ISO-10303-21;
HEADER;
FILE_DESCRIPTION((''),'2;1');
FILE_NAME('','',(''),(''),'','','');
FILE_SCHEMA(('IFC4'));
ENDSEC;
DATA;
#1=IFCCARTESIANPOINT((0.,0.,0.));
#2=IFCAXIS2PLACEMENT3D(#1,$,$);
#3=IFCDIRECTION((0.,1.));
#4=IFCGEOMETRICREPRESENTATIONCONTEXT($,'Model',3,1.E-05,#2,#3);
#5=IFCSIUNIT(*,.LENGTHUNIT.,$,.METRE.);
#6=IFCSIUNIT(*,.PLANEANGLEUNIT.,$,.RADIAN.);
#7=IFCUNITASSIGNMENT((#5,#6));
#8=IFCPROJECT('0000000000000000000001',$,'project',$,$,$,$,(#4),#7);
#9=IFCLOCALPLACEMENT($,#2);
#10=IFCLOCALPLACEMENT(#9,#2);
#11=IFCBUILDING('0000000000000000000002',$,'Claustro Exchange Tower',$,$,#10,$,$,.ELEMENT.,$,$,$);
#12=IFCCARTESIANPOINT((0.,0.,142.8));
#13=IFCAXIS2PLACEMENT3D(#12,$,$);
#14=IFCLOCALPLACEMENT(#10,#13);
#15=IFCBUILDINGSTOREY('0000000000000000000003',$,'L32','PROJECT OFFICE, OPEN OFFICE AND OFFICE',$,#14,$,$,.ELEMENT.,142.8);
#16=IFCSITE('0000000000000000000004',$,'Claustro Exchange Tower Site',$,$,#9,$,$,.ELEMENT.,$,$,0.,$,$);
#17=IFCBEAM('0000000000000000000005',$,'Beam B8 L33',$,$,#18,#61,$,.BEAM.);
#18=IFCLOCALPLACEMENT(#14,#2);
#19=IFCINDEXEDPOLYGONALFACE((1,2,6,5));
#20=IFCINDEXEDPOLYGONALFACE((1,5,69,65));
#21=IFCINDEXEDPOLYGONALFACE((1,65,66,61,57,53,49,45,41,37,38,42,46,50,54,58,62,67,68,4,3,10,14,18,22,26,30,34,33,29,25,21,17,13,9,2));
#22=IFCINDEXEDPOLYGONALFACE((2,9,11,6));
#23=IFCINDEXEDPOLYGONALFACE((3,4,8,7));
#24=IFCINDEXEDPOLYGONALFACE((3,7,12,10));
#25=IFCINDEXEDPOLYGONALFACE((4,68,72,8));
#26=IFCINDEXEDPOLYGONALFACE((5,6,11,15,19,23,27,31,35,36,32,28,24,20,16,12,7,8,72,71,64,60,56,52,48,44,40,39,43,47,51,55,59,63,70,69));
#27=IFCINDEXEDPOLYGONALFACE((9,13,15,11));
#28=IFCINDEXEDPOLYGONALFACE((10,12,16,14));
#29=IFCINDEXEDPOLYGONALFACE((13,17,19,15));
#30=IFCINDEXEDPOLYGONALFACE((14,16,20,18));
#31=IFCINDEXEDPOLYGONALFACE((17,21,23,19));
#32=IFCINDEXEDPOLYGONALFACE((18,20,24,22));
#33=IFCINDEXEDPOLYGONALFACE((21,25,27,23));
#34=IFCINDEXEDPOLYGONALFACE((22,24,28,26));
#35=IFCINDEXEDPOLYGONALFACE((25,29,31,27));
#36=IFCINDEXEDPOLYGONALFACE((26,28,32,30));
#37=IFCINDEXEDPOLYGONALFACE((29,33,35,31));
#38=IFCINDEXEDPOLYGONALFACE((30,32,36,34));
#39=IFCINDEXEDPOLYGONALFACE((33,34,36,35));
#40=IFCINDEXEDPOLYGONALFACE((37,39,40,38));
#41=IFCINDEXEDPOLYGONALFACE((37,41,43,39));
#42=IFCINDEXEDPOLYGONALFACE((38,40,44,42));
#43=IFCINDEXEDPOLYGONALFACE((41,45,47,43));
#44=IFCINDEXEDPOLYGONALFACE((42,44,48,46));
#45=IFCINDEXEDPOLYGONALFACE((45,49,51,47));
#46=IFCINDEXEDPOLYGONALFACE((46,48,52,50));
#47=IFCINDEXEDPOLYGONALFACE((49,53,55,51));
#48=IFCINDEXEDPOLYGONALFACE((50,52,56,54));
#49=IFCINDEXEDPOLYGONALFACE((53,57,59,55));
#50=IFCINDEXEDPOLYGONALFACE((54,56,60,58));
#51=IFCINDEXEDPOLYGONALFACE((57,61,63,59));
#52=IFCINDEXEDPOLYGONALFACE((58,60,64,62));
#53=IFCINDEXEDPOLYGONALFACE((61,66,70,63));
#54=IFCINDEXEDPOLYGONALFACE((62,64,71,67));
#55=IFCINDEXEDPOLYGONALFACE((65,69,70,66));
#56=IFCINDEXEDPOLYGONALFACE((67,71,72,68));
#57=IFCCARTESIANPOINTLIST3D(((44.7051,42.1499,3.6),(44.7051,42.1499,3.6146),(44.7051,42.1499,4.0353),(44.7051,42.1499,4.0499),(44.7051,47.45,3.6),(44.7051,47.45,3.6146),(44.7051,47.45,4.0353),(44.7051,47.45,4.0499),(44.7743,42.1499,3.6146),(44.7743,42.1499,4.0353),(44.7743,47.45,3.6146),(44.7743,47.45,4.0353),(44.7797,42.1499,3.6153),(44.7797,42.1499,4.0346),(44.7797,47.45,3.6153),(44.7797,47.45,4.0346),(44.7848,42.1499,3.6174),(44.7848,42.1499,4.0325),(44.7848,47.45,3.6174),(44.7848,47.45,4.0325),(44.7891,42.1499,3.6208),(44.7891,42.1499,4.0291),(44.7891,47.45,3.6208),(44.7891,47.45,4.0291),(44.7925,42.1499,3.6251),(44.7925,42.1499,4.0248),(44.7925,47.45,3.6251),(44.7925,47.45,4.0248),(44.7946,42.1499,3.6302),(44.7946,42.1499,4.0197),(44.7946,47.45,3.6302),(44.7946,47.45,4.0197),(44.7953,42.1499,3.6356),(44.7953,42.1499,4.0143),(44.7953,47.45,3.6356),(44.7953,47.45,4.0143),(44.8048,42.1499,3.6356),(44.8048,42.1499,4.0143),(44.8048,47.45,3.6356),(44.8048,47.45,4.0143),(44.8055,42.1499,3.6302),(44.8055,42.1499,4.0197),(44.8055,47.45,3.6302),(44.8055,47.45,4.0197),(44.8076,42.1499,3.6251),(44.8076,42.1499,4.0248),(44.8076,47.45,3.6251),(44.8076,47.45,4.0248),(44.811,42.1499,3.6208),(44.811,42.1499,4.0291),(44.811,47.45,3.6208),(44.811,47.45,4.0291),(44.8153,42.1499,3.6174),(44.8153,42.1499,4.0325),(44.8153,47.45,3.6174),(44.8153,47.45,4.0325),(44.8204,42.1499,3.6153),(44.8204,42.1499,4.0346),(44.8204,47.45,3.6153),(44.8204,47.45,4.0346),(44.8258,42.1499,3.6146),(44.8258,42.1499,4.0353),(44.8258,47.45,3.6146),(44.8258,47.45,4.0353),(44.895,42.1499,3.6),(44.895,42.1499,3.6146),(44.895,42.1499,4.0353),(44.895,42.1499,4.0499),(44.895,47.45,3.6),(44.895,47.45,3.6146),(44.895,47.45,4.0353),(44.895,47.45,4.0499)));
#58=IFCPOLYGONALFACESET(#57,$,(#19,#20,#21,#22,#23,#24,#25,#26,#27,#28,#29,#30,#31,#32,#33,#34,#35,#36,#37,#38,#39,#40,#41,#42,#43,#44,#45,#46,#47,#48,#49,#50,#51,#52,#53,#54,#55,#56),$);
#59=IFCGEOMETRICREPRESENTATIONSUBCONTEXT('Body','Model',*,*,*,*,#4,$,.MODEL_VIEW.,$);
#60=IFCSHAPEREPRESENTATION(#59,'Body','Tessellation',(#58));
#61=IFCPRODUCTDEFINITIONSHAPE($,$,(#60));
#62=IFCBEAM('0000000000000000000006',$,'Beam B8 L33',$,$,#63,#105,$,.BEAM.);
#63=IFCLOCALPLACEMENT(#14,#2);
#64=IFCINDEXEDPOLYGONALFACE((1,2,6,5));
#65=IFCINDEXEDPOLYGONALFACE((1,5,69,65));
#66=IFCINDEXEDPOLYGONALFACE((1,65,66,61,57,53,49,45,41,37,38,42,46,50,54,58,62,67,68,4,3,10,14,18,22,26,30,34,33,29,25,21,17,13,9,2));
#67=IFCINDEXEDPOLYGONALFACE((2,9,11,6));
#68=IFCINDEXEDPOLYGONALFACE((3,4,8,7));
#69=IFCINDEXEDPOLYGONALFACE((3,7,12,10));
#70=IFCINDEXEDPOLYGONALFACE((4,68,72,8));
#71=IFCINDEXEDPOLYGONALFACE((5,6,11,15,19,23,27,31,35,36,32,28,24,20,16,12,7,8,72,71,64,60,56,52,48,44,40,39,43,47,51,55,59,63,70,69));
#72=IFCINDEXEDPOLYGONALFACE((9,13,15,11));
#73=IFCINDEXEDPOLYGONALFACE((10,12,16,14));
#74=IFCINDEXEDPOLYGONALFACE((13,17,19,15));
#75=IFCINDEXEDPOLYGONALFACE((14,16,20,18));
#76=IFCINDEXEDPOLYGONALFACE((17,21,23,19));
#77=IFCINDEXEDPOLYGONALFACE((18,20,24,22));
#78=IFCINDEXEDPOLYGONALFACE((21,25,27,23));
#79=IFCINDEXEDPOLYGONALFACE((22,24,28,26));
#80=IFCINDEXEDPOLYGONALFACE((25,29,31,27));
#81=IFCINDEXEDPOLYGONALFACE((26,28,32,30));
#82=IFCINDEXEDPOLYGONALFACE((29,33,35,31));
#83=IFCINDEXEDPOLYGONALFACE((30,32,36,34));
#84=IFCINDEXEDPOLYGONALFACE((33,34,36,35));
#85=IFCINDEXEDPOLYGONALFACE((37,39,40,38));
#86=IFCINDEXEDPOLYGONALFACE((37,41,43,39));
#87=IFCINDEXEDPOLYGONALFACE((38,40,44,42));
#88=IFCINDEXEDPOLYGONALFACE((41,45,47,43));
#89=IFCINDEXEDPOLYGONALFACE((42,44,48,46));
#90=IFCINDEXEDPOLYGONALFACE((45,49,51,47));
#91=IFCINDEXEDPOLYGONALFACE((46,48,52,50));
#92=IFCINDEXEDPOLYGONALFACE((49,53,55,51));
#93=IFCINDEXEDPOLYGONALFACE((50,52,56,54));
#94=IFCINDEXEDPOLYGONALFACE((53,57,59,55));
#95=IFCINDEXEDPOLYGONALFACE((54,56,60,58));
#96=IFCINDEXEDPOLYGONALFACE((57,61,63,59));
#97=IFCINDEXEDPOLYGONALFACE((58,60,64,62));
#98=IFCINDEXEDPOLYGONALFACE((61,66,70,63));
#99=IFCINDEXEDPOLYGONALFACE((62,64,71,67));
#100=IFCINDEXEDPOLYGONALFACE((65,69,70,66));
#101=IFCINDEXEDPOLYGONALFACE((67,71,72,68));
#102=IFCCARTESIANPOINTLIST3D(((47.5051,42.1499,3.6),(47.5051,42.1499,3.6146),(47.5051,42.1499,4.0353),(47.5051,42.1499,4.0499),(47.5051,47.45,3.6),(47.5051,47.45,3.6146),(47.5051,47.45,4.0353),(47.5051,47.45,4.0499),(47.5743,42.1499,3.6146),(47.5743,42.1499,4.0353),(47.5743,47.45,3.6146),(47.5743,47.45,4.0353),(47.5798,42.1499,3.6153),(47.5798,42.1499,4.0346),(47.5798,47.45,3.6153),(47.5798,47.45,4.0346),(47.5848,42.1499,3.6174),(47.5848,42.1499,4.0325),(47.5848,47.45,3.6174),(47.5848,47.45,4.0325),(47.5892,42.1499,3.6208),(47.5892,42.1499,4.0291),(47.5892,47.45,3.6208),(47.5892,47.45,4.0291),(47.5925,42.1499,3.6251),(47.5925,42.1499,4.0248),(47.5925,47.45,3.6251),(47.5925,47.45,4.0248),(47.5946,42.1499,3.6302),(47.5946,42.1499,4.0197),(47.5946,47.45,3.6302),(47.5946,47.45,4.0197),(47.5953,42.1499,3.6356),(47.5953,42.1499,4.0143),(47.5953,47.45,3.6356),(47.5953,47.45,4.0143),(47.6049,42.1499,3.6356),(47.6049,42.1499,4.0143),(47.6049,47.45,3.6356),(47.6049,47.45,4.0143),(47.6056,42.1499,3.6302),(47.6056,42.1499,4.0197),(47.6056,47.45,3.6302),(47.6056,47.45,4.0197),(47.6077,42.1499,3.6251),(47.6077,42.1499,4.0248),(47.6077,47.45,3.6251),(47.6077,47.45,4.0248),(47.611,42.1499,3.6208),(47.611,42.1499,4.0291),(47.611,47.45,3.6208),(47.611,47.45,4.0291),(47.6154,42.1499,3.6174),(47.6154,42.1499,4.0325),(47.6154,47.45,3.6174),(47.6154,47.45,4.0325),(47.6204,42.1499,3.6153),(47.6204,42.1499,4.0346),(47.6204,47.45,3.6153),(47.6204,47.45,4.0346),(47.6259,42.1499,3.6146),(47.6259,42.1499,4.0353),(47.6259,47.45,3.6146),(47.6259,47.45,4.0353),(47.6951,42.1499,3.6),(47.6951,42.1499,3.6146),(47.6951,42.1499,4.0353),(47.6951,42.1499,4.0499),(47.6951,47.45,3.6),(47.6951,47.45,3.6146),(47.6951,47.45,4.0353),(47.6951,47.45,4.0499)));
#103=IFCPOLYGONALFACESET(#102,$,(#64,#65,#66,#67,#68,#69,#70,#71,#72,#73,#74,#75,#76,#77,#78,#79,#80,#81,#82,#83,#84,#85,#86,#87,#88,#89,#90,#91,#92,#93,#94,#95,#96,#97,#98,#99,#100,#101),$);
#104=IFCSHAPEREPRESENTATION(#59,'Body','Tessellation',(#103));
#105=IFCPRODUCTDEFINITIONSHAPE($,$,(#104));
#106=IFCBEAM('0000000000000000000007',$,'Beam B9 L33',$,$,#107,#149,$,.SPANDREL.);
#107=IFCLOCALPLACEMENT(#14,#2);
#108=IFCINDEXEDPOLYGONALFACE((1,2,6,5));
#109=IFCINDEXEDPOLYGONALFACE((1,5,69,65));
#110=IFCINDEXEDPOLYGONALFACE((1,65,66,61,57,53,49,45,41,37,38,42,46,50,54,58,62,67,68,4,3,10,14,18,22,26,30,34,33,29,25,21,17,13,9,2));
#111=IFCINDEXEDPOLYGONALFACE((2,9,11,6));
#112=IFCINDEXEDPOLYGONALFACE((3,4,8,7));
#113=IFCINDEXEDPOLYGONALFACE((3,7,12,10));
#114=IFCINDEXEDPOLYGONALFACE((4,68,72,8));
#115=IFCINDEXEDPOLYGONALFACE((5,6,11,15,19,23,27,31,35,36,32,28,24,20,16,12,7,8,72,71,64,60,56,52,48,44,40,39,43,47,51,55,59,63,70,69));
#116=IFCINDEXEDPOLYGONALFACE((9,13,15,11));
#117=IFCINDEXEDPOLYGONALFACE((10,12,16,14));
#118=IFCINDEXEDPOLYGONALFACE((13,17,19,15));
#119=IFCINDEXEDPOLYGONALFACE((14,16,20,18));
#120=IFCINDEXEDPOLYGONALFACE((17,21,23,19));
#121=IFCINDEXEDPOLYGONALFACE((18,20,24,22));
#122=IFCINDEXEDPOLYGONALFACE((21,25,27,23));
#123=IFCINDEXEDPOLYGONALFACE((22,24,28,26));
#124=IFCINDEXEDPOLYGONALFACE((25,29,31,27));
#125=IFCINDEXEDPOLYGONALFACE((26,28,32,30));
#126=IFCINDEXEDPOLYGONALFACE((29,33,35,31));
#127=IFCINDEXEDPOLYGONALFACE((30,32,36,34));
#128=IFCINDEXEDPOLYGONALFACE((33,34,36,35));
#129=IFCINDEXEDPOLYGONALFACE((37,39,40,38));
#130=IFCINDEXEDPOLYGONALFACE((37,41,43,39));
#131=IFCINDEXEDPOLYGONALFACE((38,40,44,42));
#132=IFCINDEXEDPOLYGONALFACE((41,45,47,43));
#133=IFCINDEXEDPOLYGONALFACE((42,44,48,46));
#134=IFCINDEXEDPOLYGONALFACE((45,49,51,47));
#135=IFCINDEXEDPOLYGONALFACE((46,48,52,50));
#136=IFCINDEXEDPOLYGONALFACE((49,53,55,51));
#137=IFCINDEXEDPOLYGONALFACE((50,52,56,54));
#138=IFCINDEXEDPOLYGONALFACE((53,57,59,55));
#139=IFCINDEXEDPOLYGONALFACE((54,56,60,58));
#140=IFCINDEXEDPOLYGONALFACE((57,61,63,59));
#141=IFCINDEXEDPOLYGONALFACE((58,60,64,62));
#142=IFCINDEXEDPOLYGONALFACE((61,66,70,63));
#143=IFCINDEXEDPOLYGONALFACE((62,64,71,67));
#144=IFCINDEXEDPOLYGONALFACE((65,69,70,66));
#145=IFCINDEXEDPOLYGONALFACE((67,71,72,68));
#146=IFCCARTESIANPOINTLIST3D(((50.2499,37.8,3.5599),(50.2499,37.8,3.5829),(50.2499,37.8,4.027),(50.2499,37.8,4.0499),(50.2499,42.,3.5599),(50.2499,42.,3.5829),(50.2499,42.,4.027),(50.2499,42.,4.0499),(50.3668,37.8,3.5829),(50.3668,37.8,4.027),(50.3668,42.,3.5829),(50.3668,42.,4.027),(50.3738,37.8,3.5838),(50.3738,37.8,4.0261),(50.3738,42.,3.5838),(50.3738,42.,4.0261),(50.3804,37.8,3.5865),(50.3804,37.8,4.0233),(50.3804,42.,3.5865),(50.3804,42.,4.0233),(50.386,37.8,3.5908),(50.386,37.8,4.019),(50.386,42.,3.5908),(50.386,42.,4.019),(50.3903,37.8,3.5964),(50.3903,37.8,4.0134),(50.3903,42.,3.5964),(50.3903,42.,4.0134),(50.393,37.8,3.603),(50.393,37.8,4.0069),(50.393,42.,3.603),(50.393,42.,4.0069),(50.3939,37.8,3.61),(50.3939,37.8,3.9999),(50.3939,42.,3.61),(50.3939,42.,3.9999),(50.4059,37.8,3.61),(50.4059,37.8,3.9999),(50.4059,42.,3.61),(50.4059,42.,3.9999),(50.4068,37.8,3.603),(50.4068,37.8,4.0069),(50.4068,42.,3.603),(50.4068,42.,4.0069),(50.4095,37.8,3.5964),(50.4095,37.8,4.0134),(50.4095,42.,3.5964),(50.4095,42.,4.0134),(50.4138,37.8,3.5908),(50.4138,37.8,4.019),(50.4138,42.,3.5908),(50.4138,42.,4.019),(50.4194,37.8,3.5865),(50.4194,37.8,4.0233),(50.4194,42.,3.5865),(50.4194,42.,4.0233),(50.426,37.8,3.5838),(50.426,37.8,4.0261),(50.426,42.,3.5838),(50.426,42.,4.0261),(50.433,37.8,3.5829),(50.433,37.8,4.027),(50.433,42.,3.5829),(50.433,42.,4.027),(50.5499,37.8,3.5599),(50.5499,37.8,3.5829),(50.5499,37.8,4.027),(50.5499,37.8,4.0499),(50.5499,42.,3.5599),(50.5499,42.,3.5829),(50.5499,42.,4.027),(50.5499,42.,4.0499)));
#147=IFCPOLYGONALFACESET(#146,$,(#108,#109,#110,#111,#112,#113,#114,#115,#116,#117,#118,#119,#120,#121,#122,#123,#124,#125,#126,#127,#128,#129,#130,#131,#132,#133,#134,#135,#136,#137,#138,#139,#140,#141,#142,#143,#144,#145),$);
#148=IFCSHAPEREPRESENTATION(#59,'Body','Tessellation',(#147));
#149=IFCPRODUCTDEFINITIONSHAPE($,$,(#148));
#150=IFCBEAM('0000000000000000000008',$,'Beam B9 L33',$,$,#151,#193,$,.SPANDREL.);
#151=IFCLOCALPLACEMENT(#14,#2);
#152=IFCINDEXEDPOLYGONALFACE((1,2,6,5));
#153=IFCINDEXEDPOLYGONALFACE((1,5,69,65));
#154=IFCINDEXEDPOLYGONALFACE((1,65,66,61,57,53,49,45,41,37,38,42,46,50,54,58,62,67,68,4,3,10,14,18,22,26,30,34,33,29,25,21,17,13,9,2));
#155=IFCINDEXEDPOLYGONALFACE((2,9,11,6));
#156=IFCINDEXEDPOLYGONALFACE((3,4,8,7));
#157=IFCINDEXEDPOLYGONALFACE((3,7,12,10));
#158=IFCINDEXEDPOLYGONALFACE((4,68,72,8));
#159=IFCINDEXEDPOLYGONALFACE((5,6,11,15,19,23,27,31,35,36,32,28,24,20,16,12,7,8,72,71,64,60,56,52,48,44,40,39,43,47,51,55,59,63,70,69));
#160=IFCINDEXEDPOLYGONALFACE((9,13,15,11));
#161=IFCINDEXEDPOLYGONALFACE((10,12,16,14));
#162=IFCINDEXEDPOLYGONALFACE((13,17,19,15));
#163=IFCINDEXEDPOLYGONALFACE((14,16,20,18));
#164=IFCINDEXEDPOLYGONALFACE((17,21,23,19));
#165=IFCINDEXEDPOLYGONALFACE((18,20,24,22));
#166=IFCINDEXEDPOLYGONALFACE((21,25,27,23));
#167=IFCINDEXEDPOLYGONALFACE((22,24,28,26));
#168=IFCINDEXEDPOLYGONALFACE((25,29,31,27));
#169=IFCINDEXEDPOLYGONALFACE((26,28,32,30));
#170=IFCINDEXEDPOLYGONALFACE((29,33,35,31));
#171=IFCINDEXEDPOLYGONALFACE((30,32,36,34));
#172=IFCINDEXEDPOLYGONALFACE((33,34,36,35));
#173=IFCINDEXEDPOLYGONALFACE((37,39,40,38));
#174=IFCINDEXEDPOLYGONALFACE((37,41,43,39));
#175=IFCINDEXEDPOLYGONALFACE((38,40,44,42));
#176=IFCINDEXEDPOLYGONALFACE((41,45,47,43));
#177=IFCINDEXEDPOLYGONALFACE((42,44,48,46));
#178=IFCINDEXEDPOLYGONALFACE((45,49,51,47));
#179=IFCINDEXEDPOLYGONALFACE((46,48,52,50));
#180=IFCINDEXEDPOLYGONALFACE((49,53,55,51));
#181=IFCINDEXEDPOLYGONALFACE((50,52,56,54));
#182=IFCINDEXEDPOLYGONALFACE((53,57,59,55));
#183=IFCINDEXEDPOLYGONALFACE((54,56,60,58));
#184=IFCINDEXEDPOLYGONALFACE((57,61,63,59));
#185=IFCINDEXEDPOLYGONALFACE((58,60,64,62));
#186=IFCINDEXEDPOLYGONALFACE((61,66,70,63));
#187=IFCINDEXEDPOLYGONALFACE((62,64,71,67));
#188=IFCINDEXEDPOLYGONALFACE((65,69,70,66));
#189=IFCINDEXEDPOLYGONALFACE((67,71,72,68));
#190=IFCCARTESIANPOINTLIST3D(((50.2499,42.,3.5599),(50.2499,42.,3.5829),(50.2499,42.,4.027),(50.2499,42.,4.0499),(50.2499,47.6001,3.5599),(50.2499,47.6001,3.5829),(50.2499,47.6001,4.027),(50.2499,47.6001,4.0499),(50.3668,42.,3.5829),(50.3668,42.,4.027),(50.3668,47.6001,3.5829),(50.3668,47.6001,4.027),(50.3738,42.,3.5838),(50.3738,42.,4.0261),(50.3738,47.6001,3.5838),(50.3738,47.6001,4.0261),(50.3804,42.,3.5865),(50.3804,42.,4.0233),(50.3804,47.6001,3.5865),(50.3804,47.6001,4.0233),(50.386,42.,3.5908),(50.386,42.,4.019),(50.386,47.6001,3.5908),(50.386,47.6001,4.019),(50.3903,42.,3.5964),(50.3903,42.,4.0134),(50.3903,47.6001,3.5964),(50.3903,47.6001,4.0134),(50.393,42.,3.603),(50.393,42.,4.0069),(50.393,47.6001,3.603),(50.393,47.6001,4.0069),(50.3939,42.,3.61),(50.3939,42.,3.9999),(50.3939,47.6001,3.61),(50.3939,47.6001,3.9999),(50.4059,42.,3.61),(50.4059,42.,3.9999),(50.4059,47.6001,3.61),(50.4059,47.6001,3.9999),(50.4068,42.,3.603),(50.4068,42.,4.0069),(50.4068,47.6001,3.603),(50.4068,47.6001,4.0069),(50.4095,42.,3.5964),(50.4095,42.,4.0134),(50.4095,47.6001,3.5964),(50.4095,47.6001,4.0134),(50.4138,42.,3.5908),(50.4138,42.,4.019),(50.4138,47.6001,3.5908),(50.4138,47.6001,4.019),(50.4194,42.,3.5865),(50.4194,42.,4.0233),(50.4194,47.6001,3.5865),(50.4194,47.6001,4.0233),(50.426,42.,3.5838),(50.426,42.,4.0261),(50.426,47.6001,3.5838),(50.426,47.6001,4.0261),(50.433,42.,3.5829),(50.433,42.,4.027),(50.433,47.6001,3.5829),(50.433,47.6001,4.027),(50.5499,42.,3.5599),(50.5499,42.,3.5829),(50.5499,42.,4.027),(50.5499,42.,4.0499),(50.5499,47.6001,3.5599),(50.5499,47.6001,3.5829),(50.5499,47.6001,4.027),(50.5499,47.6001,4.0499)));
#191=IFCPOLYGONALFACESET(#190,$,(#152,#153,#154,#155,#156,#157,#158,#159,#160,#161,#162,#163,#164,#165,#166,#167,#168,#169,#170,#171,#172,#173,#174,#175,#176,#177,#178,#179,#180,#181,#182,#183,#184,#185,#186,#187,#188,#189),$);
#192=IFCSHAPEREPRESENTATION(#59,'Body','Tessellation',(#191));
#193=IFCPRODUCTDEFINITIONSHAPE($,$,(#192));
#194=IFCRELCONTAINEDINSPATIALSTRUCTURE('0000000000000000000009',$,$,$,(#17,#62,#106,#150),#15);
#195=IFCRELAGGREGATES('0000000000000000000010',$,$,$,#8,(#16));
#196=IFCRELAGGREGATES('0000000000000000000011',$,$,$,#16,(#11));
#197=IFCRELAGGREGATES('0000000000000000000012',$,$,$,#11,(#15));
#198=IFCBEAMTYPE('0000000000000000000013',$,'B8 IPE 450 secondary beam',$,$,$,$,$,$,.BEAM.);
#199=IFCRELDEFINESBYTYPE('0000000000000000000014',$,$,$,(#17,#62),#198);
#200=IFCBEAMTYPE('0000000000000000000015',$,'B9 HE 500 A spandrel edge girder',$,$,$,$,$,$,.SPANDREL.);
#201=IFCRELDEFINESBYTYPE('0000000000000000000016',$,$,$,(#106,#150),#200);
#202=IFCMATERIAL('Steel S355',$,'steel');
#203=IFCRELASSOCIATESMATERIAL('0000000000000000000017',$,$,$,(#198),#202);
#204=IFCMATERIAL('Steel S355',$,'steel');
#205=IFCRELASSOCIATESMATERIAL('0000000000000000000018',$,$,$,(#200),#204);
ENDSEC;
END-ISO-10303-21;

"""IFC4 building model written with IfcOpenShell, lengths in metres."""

from ifc_helpers import new_model, si_unit, direction, frame, origin, origin_2d, place, context, subcontext, project, spatial, i_section, extrude, material, material_profile, profile_set, type_object, element, save


model = new_model("IFC4")

# Units and contexts
model_context = context("Model", 3, precision=1e-05, world=origin(), true_north=direction((0.0, 1.0)))
body_context = subcontext(model_context, "Body", "Model", "MODEL_VIEW")
ifc_project = project(units=[si_unit("LENGTHUNIT", "METRE"), si_unit("PLANEANGLEUNIT", "RADIAN")], contexts=[model_context])

# Site, building, storey
site_placement = place(None, origin())
site = spatial("IfcSite", under=ifc_project, at=site_placement, Name="Claustro Exchange Tower Site", CompositionType="ELEMENT", RefElevation=0.0)
building_placement = place(site_placement, origin())
building = spatial("IfcBuilding", under=site, at=building_placement, Name="Claustro Exchange Tower", CompositionType="ELEMENT")
storey_placement = place(building_placement, frame((0.0, 0.0, 142.8)))
storey = spatial("IfcBuildingStorey", under=building, at=storey_placement, Name="L32", Description="PROJECT OFFICE, OPEN OFFICE AND OFFICE", CompositionType="ELEMENT", Elevation=142.8)

# Beams
ifc_material_1 = material(Name="Steel S355", Category="steel")
ifc_material_profile_1 = material_profile(ifc_material_1, i_section(OverallWidth=0.1899, OverallDepth=0.45, WebThickness=0.0095, FlangeThickness=0.0146, FilletRadius=0.021, at=origin_2d()), Name="IPE 450")
ifc_profile_set_1 = profile_set([ifc_material_profile_1], Name="Steel S355")
beam_type_1 = type_object("IfcBeamType", Name="B8 IPE 450 secondary beam", PredefinedType="BEAM", material=ifc_profile_set_1)
for number, where, z_axis, x_axis, name in (
    (1, (44.8, 42.1499, 3.825), (0.0, 1.0, 0.0), (-1.0, 0.0, 0.0), "Beam B8 L33"),
    (2, (47.6001, 42.1499, 3.825), (0.0, 1.0, 0.0), (-1.0, 0.0, 0.0), "Beam B8 L33"),
):
    element("IfcBeam", number, at=place(storey_placement, frame(where, z_axis=z_axis, x_axis=x_axis)), inside=storey, type_object=beam_type_1, Name=name, PredefinedType="BEAM", context=body_context, shape_type="SweptSolid", body=[
        extrude(i_section(OverallWidth=0.1899, OverallDepth=0.45, WebThickness=0.0095, FlangeThickness=0.0146, FilletRadius=0.021, at=origin_2d()), origin(), (0.0, 0.0, 1.0), 5.3),
    ])
ifc_material_2 = material(Name="Steel S355", Category="steel")
ifc_material_profile_2 = material_profile(ifc_material_2, i_section(OverallWidth=0.3, OverallDepth=0.49, WebThickness=0.012, FlangeThickness=0.0229, FilletRadius=0.0271, at=origin_2d()), Name="HE 500 A")
ifc_profile_set_2 = profile_set([ifc_material_profile_2], Name="Steel S355")
beam_type_2 = type_object("IfcBeamType", Name="B9 HE 500 A spandrel edge girder", PredefinedType="SPANDREL", material=ifc_profile_set_2)
beam_1_placement = place(storey_placement, frame((50.3999, 37.8, 3.8049), z_axis=(0.0, 1.0, 0.0), x_axis=(-1.0, 0.0, 0.0)))
element("IfcBeam", 3, at=beam_1_placement, inside=storey, type_object=beam_type_2, Name="Beam B9 L33", PredefinedType="SPANDREL", context=body_context, shape_type="SweptSolid", body=[
    extrude(i_section(OverallWidth=0.3, OverallDepth=0.49, WebThickness=0.012, FlangeThickness=0.0229, FilletRadius=0.0271, at=origin_2d()), origin(), (0.0, 0.0, 1.0), 4.2),
])
beam_2_placement = place(storey_placement, frame((50.3999, 42.0, 3.8049), z_axis=(0.0, 1.0, 0.0), x_axis=(-1.0, 0.0, 0.0)))
element("IfcBeam", 4, at=beam_2_placement, inside=storey, type_object=beam_type_2, Name="Beam B9 L33", PredefinedType="SPANDREL", context=body_context, shape_type="SweptSolid", body=[
    extrude(i_section(OverallWidth=0.3, OverallDepth=0.49, WebThickness=0.012, FlangeThickness=0.0229, FilletRadius=0.0271, at=origin_2d()), origin(), (0.0, 0.0, 1.0), 5.6001),
])

save(model, "model.ifc")
